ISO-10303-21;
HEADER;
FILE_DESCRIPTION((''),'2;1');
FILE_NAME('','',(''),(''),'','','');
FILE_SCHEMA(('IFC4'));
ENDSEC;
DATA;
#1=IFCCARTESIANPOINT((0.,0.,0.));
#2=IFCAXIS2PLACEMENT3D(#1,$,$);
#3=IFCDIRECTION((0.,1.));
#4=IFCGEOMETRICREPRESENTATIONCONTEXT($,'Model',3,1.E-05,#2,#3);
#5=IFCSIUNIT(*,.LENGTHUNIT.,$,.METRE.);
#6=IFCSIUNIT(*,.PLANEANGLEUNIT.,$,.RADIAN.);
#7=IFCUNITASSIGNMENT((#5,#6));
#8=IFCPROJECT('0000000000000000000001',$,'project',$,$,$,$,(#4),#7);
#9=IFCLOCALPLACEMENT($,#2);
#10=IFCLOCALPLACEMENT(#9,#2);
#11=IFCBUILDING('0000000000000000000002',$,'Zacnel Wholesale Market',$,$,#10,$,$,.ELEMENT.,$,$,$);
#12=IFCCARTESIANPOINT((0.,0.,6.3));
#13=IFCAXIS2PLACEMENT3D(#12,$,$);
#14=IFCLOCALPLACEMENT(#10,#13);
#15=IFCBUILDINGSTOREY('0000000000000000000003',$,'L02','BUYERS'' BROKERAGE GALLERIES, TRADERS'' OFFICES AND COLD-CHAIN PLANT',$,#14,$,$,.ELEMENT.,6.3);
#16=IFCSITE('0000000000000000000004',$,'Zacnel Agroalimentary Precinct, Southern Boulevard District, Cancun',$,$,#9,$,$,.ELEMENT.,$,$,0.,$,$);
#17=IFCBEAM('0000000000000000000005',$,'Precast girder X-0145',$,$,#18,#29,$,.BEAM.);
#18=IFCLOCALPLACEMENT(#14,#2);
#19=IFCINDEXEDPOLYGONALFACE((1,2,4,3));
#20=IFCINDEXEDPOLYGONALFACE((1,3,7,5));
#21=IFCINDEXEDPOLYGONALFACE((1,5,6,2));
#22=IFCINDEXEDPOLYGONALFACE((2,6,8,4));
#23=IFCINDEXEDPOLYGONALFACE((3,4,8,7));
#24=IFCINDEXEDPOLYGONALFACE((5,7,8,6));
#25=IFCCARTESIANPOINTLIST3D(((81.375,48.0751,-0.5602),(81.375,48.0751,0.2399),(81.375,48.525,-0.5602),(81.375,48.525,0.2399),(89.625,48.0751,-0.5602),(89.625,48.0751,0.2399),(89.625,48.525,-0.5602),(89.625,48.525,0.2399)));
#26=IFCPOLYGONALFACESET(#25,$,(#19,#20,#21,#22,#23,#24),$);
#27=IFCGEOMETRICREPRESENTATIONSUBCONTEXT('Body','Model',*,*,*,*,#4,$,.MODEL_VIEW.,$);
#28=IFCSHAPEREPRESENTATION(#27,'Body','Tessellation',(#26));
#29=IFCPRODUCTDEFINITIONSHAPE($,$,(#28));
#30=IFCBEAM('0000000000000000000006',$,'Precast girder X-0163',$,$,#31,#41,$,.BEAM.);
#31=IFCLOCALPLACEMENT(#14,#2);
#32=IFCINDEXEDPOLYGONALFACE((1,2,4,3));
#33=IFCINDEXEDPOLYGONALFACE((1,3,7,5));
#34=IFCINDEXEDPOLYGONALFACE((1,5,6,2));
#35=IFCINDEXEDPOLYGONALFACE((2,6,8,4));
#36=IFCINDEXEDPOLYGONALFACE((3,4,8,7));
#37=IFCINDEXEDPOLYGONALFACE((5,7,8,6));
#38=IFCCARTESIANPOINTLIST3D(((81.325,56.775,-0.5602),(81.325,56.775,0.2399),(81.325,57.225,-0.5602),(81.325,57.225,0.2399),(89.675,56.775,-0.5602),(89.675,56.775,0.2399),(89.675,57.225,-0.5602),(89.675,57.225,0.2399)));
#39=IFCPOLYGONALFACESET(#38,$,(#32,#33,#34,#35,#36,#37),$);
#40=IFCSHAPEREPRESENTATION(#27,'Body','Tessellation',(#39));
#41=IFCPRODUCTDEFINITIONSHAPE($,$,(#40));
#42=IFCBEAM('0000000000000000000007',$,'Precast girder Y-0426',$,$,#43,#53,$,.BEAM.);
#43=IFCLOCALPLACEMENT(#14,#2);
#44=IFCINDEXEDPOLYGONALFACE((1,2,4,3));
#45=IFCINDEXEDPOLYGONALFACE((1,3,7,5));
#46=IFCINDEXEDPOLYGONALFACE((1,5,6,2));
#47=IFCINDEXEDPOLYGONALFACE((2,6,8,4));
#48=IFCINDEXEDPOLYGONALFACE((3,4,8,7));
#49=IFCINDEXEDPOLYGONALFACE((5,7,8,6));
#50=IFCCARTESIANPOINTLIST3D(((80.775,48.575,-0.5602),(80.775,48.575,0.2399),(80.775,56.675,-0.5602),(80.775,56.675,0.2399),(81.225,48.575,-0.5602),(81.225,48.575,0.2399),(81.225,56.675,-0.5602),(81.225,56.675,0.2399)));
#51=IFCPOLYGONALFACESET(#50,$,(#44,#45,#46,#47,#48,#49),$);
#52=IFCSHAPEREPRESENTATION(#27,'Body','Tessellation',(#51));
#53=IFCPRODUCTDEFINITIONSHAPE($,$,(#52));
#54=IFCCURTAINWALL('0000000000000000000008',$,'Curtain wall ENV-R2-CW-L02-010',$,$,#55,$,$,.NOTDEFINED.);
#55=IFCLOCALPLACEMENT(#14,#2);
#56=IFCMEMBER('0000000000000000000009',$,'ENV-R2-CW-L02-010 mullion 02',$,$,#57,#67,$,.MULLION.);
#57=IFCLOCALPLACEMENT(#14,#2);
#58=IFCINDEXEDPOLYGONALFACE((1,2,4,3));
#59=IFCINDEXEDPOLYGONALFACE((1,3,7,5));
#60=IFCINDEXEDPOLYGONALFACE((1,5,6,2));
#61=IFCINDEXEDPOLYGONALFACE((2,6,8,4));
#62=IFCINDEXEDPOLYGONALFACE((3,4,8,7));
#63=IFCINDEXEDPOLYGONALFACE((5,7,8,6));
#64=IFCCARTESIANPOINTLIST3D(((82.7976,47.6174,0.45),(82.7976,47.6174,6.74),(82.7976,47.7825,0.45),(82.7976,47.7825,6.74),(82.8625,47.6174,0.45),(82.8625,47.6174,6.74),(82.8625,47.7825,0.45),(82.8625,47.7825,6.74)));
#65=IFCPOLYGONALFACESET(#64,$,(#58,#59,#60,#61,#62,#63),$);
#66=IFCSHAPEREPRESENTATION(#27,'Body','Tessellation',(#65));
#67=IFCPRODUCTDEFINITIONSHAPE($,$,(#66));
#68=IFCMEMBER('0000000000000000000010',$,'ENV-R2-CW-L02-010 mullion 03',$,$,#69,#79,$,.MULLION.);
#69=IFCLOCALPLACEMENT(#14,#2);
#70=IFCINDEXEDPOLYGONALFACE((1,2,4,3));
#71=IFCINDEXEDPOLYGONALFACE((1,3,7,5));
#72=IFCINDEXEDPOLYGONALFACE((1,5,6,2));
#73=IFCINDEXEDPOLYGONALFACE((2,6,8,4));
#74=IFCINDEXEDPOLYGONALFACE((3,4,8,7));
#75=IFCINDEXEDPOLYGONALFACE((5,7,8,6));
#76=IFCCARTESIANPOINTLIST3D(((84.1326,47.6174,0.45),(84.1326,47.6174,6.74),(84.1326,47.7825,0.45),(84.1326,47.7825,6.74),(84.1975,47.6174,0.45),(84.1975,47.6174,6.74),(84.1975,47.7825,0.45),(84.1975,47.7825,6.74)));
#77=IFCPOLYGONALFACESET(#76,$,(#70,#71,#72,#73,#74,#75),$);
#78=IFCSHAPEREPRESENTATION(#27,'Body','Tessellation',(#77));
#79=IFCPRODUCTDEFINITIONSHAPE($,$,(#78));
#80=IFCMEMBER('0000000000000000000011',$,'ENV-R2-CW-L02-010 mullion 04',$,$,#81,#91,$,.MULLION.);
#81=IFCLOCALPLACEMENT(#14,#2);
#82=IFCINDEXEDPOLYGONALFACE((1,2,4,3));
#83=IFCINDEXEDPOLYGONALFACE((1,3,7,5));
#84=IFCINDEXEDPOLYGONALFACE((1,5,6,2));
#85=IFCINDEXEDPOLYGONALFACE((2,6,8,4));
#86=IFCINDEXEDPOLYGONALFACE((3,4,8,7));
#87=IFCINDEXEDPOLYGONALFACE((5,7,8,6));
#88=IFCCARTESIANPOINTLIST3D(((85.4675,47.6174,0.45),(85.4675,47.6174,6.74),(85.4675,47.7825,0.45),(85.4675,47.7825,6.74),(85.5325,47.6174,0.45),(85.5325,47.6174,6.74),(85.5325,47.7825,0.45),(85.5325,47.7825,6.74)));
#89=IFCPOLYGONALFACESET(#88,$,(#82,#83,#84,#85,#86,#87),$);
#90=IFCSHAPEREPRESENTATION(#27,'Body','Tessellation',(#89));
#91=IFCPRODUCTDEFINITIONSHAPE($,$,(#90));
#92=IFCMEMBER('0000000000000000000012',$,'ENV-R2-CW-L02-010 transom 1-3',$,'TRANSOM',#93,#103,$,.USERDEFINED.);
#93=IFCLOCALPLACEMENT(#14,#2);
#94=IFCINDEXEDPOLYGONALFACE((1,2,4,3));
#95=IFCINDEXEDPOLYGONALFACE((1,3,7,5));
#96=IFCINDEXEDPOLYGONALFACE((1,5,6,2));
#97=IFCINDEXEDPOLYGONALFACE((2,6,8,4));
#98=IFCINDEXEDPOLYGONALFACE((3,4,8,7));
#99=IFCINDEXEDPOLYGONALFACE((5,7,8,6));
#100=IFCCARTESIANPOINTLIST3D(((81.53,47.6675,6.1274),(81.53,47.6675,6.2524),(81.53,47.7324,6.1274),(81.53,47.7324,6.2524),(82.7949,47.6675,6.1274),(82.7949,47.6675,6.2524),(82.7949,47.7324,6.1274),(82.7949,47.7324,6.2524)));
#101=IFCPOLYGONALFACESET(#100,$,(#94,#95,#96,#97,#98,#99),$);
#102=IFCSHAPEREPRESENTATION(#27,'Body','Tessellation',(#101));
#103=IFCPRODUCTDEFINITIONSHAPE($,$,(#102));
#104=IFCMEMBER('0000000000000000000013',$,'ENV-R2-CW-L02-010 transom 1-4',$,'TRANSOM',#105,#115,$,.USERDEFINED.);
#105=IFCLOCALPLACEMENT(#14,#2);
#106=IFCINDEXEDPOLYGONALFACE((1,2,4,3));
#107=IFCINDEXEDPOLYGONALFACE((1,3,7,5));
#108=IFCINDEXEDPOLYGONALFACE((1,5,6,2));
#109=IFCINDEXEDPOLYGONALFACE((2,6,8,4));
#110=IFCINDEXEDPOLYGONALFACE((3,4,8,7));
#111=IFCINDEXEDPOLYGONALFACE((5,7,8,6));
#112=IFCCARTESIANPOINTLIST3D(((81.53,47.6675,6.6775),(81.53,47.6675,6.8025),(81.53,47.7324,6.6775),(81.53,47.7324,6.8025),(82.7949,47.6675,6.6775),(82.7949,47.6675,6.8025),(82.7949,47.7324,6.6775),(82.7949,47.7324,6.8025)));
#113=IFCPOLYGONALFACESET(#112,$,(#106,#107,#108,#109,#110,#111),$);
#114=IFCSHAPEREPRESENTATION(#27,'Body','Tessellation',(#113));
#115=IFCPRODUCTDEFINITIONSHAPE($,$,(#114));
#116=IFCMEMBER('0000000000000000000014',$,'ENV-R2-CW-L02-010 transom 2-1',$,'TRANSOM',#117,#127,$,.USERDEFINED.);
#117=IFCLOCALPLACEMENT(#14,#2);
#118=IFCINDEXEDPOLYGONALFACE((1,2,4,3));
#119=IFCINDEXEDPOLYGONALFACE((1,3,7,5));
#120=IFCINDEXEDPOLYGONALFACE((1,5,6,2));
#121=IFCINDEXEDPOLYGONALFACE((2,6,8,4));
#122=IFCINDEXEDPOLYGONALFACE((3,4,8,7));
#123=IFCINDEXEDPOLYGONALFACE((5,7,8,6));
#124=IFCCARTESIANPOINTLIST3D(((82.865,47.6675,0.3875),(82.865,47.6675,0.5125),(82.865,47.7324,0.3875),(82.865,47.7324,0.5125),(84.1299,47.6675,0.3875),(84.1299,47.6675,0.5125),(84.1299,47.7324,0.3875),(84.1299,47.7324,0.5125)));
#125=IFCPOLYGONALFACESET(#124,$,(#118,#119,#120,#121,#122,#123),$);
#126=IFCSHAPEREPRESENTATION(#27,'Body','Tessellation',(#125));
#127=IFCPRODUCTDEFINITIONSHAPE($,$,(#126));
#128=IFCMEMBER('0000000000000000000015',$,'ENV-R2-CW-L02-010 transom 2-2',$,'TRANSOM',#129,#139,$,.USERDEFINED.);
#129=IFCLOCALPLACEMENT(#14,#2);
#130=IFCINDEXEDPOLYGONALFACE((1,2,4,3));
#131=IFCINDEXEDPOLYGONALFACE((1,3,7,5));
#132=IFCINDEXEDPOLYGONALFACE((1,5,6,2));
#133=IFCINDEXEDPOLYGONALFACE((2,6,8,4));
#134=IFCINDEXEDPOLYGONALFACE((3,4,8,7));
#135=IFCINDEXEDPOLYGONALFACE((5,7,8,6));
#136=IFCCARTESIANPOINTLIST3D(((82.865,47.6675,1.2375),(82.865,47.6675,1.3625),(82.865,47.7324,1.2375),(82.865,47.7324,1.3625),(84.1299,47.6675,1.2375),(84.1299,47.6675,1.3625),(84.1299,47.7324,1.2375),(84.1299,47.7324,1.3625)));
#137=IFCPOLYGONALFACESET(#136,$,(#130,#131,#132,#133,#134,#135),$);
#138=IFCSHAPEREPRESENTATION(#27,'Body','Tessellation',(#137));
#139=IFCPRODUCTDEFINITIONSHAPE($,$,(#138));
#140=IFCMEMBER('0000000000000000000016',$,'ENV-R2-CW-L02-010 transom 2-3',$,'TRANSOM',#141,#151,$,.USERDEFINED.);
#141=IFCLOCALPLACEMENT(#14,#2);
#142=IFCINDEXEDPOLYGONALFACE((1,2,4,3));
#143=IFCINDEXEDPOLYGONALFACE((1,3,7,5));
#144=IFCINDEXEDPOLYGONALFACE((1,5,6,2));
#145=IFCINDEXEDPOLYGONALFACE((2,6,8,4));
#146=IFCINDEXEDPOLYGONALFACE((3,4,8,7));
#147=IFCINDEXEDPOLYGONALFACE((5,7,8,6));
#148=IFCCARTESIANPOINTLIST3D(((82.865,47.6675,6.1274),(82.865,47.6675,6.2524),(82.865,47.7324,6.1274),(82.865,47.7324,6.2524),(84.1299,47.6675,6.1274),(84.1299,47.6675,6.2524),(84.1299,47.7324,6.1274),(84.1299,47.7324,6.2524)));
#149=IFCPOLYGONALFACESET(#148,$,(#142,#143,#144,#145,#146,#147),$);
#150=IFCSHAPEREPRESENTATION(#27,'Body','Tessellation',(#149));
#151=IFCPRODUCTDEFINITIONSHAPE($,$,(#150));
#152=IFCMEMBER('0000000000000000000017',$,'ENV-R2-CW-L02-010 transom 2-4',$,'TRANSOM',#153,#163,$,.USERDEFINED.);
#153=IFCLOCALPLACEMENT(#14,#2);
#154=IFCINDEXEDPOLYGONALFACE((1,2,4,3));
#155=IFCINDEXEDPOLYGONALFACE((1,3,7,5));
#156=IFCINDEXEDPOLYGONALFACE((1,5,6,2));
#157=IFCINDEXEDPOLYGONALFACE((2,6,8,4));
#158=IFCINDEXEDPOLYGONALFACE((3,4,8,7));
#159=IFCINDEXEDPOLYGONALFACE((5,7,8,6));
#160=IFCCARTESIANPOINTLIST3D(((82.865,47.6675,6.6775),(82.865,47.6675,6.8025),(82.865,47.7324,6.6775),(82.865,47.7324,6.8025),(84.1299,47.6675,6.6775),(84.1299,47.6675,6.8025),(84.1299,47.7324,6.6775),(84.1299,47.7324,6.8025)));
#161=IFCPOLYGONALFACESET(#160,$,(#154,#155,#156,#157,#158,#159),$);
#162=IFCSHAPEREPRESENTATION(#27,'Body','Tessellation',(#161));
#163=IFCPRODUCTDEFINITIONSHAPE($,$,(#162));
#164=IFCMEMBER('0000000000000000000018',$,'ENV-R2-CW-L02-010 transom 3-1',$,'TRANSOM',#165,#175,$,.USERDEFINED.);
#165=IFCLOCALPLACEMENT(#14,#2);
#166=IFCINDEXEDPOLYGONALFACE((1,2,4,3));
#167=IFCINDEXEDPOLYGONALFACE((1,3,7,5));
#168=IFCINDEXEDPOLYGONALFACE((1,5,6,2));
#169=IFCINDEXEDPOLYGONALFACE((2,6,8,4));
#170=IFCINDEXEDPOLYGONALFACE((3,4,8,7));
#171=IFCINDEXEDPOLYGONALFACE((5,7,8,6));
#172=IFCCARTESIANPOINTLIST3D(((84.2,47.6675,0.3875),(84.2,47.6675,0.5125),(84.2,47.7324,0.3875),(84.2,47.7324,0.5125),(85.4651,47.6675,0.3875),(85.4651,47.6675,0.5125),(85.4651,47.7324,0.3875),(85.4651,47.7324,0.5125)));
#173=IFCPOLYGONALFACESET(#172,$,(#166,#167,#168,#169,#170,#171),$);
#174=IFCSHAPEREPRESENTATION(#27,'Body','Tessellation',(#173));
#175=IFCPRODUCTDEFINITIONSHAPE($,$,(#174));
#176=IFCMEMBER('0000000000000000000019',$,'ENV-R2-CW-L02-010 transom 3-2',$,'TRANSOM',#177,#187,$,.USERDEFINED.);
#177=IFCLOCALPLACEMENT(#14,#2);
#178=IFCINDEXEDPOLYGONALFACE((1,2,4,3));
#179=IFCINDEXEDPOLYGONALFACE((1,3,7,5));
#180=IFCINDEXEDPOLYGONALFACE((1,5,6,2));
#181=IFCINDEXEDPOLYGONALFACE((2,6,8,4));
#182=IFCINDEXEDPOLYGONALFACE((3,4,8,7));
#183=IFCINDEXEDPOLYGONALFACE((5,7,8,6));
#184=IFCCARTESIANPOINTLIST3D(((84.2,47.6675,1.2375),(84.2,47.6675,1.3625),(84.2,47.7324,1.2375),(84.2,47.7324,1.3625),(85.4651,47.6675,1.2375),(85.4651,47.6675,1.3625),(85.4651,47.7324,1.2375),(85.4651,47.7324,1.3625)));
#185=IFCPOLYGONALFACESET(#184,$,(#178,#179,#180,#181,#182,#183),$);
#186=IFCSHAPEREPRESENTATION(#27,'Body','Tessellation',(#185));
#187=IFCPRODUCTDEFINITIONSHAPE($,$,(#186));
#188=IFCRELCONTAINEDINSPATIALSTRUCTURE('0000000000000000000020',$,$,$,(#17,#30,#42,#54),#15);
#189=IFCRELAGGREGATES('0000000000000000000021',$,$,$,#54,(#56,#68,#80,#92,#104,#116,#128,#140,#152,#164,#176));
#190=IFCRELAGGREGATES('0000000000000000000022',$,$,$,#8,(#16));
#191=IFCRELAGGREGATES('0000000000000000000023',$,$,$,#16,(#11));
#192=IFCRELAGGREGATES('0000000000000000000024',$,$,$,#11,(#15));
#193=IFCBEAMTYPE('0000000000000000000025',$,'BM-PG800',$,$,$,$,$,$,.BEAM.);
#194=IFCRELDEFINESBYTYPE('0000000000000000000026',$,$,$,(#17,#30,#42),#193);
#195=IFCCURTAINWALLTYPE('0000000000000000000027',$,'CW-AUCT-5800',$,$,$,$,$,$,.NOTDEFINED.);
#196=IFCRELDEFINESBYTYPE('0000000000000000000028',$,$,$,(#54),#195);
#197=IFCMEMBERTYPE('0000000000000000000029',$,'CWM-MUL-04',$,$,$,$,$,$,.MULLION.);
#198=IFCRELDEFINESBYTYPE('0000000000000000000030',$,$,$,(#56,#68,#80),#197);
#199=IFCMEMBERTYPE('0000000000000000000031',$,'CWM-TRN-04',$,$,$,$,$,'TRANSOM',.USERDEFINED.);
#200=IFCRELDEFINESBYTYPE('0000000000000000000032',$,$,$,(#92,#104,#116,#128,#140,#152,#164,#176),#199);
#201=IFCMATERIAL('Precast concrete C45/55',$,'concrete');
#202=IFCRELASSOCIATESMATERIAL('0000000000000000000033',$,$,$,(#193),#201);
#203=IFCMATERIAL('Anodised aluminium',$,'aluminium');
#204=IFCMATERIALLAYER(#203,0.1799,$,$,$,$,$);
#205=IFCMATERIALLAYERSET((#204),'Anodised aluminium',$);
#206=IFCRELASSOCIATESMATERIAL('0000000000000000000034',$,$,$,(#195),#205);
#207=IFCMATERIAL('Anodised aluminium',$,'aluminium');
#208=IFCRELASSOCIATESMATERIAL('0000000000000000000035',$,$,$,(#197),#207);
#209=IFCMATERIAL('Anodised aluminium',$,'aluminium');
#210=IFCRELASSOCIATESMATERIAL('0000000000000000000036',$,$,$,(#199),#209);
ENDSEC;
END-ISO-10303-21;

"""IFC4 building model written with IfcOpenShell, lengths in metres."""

from ifc_helpers import new_model, si_unit, direction, frame, origin, origin_2d, place, context, subcontext, project, spatial, rectangle, extrude, material, layer, layer_set, material_profile, profile_set, type_object, element, aggregate, save


model = new_model("IFC4")

# Units and contexts
model_context = context("Model", 3, precision=1e-05, world=origin(), true_north=direction((0.0, 1.0)))
body_context = subcontext(model_context, "Body", "Model", "MODEL_VIEW")
ifc_project = project(units=[si_unit("LENGTHUNIT", "METRE"), si_unit("PLANEANGLEUNIT", "RADIAN")], contexts=[model_context])

# Site, building, storey
site_placement = place(None, origin())
site = spatial("IfcSite", under=ifc_project, at=site_placement, Name="Zacnel Agroalimentary Precinct, Southern Boulevard District, Cancun", CompositionType="ELEMENT", RefElevation=0.0)
building_placement = place(site_placement, origin())
building = spatial("IfcBuilding", under=site, at=building_placement, Name="Zacnel Wholesale Market", CompositionType="ELEMENT")
storey_placement = place(building_placement, frame((0.0, 0.0, 6.3)))
storey = spatial("IfcBuildingStorey", under=building, at=storey_placement, Name="L02", Description="BUYERS' BROKERAGE GALLERIES, TRADERS' OFFICES AND COLD-CHAIN PLANT", CompositionType="ELEMENT", Elevation=6.3)

# Beams
ifc_material_1 = material(Name="Precast concrete C45/55", Category="concrete")
ifc_material_profile_1 = material_profile(ifc_material_1, rectangle(XDim=0.45, YDim=0.8, at=origin_2d()), Name="PG 450x800")
ifc_profile_set_1 = profile_set([ifc_material_profile_1], Name="Precast concrete C45/55")
beam_type = type_object("IfcBeamType", Name="BM-PG800", PredefinedType="BEAM", material=ifc_profile_set_1)
beam_1_placement = place(storey_placement, frame((81.375, 48.3, -0.1602), z_axis=(1.0, 0.0, 0.0), x_axis=(0.0, 1.0, 0.0)))
element("IfcBeam", 1, at=beam_1_placement, inside=storey, type_object=beam_type, Name="Precast girder X-0145", PredefinedType="BEAM", context=body_context, shape_type="SweptSolid", body=[
    extrude(rectangle(XDim=0.45, YDim=0.8, at=origin_2d()), origin(), (0.0, 0.0, 1.0), 8.25),
])
beam_2_placement = place(storey_placement, frame((81.325, 57.0, -0.1602), z_axis=(1.0, 0.0, 0.0), x_axis=(0.0, 1.0, 0.0)))
element("IfcBeam", 2, at=beam_2_placement, inside=storey, type_object=beam_type, Name="Precast girder X-0163", PredefinedType="BEAM", context=body_context, shape_type="SweptSolid", body=[
    extrude(rectangle(XDim=0.45, YDim=0.8, at=origin_2d()), origin(), (0.0, 0.0, 1.0), 8.3501),
])
beam_3_placement = place(storey_placement, frame((81.0, 48.575, -0.1602), z_axis=(0.0, 1.0, 0.0), x_axis=(-1.0, 0.0, 0.0)))
element("IfcBeam", 3, at=beam_3_placement, inside=storey, type_object=beam_type, Name="Precast girder Y-0426", PredefinedType="BEAM", context=body_context, shape_type="SweptSolid", body=[
    extrude(rectangle(XDim=0.45, YDim=0.8, at=origin_2d()), origin(), (0.0, 0.0, 1.0), 8.1001),
])

# Curtain wall, members
ifc_material_2 = material(Name="Anodised aluminium", Category="aluminium")
ifc_layer_1 = layer(ifc_material_2, 0.1799)
ifc_layer_set_1 = layer_set([ifc_layer_1], Name="Anodised aluminium")
curtain_wall_type = type_object("IfcCurtainWallType", Name="CW-AUCT-5800", PredefinedType="NOTDEFINED", material=ifc_layer_set_1)
curtain_wall_placement = place(storey_placement, origin())
curtain_wall = element("IfcCurtainWall", 4, at=curtain_wall_placement, inside=storey, type_object=curtain_wall_type, Name="Curtain wall ENV-R2-CW-L02-010", PredefinedType="NOTDEFINED")
ifc_material_3 = material(Name="Anodised aluminium", Category="aluminium")
ifc_material_profile_2 = material_profile(ifc_material_3, rectangle(XDim=0.0649, YDim=0.165, at=origin_2d()), Name="AW-MULLION 65x165")
ifc_profile_set_2 = profile_set([ifc_material_profile_2], Name="Anodised aluminium")
member_type_1 = type_object("IfcMemberType", Name="CWM-MUL-04", PredefinedType="MULLION", material=ifc_profile_set_2)
member_1_placement = place(storey_placement, frame((82.8301, 47.7, 0.45), z_axis=(0.0, 0.0, 1.0), x_axis=(1.0, 0.0, 0.0)))
member_1 = element("IfcMember", 5, at=member_1_placement, type_object=member_type_1, Name="ENV-R2-CW-L02-010 mullion 02", PredefinedType="MULLION", context=body_context, shape_type="SweptSolid", body=[
    extrude(rectangle(XDim=0.0649, YDim=0.165, at=origin_2d()), origin(), (0.0, 0.0, 1.0), 6.29),
])
member_2_placement = place(storey_placement, frame((84.165, 47.7, 0.45), z_axis=(0.0, 0.0, 1.0), x_axis=(1.0, 0.0, 0.0)))
member_2 = element("IfcMember", 6, at=member_2_placement, type_object=member_type_1, Name="ENV-R2-CW-L02-010 mullion 03", PredefinedType="MULLION", context=body_context, shape_type="SweptSolid", body=[
    extrude(rectangle(XDim=0.0649, YDim=0.165, at=origin_2d()), origin(), (0.0, 0.0, 1.0), 6.29),
])
member_3_placement = place(storey_placement, frame((85.5, 47.7, 0.45), z_axis=(0.0, 0.0, 1.0), x_axis=(1.0, 0.0, 0.0)))
member_3 = element("IfcMember", 7, at=member_3_placement, type_object=member_type_1, Name="ENV-R2-CW-L02-010 mullion 04", PredefinedType="MULLION", context=body_context, shape_type="SweptSolid", body=[
    extrude(rectangle(XDim=0.0649, YDim=0.165, at=origin_2d()), origin(), (0.0, 0.0, 1.0), 6.29),
])
ifc_material_4 = material(Name="Anodised aluminium", Category="aluminium")
ifc_material_profile_3 = material_profile(ifc_material_4, rectangle(XDim=0.0649, YDim=0.125, at=origin_2d()), Name="AW-TRANSOM 65x125")
ifc_profile_set_3 = profile_set([ifc_material_profile_3], Name="Anodised aluminium")
member_type_2 = type_object("IfcMemberType", Name="CWM-TRN-04", ElementType="TRANSOM", PredefinedType="USERDEFINED", material=ifc_profile_set_3)
member_4_placement = place(storey_placement, frame((81.53, 47.7, 6.1899), z_axis=(1.0, 0.0, 0.0), x_axis=(0.0, 1.0, 0.0)))
member_4 = element("IfcMember", 8, at=member_4_placement, type_object=member_type_2, Name="ENV-R2-CW-L02-010 transom 1-3", ObjectType="TRANSOM", PredefinedType="USERDEFINED", context=body_context, shape_type="SweptSolid", body=[
    extrude(rectangle(XDim=0.0649, YDim=0.125, at=origin_2d()), origin(), (0.0, 0.0, 1.0), 1.2649),
])
member_5_placement = place(storey_placement, frame((81.53, 47.7, 6.74), z_axis=(1.0, 0.0, 0.0), x_axis=(0.0, 1.0, 0.0)))
member_5 = element("IfcMember", 9, at=member_5_placement, type_object=member_type_2, Name="ENV-R2-CW-L02-010 transom 1-4", ObjectType="TRANSOM", PredefinedType="USERDEFINED", context=body_context, shape_type="SweptSolid", body=[
    extrude(rectangle(XDim=0.0649, YDim=0.125, at=origin_2d()), origin(), (0.0, 0.0, 1.0), 1.2649),
])
member_6_placement = place(storey_placement, frame((82.865, 47.7, 0.45), z_axis=(1.0, 0.0, 0.0), x_axis=(0.0, 1.0, 0.0)))
member_6 = element("IfcMember", 10, at=member_6_placement, type_object=member_type_2, Name="ENV-R2-CW-L02-010 transom 2-1", ObjectType="TRANSOM", PredefinedType="USERDEFINED", context=body_context, shape_type="SweptSolid", body=[
    extrude(rectangle(XDim=0.0649, YDim=0.125, at=origin_2d()), origin(), (0.0, 0.0, 1.0), 1.2649),
])
member_7_placement = place(storey_placement, frame((82.865, 47.7, 1.3), z_axis=(1.0, 0.0, 0.0), x_axis=(0.0, 1.0, 0.0)))
member_7 = element("IfcMember", 11, at=member_7_placement, type_object=member_type_2, Name="ENV-R2-CW-L02-010 transom 2-2", ObjectType="TRANSOM", PredefinedType="USERDEFINED", context=body_context, shape_type="SweptSolid", body=[
    extrude(rectangle(XDim=0.0649, YDim=0.125, at=origin_2d()), origin(), (0.0, 0.0, 1.0), 1.2649),
])
member_8_placement = place(storey_placement, frame((82.865, 47.7, 6.1899), z_axis=(1.0, 0.0, 0.0), x_axis=(0.0, 1.0, 0.0)))
member_8 = element("IfcMember", 12, at=member_8_placement, type_object=member_type_2, Name="ENV-R2-CW-L02-010 transom 2-3", ObjectType="TRANSOM", PredefinedType="USERDEFINED", context=body_context, shape_type="SweptSolid", body=[
    extrude(rectangle(XDim=0.0649, YDim=0.125, at=origin_2d()), origin(), (0.0, 0.0, 1.0), 1.2649),
])
member_9_placement = place(storey_placement, frame((82.865, 47.7, 6.74), z_axis=(1.0, 0.0, 0.0), x_axis=(0.0, 1.0, 0.0)))
member_9 = element("IfcMember", 13, at=member_9_placement, type_object=member_type_2, Name="ENV-R2-CW-L02-010 transom 2-4", ObjectType="TRANSOM", PredefinedType="USERDEFINED", context=body_context, shape_type="SweptSolid", body=[
    extrude(rectangle(XDim=0.0649, YDim=0.125, at=origin_2d()), origin(), (0.0, 0.0, 1.0), 1.2649),
])
member_10_placement = place(storey_placement, frame((84.2, 47.7, 0.45), z_axis=(1.0, 0.0, 0.0), x_axis=(0.0, 1.0, 0.0)))
member_10 = element("IfcMember", 14, at=member_10_placement, type_object=member_type_2, Name="ENV-R2-CW-L02-010 transom 3-1", ObjectType="TRANSOM", PredefinedType="USERDEFINED", context=body_context, shape_type="SweptSolid", body=[
    extrude(rectangle(XDim=0.0649, YDim=0.125, at=origin_2d()), origin(), (0.0, 0.0, 1.0), 1.2651),
])
member_11_placement = place(storey_placement, frame((84.2, 47.7, 1.3), z_axis=(1.0, 0.0, 0.0), x_axis=(0.0, 1.0, 0.0)))
member_11 = element("IfcMember", 15, at=member_11_placement, type_object=member_type_2, Name="ENV-R2-CW-L02-010 transom 3-2", ObjectType="TRANSOM", PredefinedType="USERDEFINED", context=body_context, shape_type="SweptSolid", body=[
    extrude(rectangle(XDim=0.0649, YDim=0.125, at=origin_2d()), origin(), (0.0, 0.0, 1.0), 1.2651),
])
aggregate(curtain_wall, [member_1, member_2, member_3, member_4, member_5, member_6, member_7, member_8, member_9, member_10, member_11])

save(model, "model.ifc")
